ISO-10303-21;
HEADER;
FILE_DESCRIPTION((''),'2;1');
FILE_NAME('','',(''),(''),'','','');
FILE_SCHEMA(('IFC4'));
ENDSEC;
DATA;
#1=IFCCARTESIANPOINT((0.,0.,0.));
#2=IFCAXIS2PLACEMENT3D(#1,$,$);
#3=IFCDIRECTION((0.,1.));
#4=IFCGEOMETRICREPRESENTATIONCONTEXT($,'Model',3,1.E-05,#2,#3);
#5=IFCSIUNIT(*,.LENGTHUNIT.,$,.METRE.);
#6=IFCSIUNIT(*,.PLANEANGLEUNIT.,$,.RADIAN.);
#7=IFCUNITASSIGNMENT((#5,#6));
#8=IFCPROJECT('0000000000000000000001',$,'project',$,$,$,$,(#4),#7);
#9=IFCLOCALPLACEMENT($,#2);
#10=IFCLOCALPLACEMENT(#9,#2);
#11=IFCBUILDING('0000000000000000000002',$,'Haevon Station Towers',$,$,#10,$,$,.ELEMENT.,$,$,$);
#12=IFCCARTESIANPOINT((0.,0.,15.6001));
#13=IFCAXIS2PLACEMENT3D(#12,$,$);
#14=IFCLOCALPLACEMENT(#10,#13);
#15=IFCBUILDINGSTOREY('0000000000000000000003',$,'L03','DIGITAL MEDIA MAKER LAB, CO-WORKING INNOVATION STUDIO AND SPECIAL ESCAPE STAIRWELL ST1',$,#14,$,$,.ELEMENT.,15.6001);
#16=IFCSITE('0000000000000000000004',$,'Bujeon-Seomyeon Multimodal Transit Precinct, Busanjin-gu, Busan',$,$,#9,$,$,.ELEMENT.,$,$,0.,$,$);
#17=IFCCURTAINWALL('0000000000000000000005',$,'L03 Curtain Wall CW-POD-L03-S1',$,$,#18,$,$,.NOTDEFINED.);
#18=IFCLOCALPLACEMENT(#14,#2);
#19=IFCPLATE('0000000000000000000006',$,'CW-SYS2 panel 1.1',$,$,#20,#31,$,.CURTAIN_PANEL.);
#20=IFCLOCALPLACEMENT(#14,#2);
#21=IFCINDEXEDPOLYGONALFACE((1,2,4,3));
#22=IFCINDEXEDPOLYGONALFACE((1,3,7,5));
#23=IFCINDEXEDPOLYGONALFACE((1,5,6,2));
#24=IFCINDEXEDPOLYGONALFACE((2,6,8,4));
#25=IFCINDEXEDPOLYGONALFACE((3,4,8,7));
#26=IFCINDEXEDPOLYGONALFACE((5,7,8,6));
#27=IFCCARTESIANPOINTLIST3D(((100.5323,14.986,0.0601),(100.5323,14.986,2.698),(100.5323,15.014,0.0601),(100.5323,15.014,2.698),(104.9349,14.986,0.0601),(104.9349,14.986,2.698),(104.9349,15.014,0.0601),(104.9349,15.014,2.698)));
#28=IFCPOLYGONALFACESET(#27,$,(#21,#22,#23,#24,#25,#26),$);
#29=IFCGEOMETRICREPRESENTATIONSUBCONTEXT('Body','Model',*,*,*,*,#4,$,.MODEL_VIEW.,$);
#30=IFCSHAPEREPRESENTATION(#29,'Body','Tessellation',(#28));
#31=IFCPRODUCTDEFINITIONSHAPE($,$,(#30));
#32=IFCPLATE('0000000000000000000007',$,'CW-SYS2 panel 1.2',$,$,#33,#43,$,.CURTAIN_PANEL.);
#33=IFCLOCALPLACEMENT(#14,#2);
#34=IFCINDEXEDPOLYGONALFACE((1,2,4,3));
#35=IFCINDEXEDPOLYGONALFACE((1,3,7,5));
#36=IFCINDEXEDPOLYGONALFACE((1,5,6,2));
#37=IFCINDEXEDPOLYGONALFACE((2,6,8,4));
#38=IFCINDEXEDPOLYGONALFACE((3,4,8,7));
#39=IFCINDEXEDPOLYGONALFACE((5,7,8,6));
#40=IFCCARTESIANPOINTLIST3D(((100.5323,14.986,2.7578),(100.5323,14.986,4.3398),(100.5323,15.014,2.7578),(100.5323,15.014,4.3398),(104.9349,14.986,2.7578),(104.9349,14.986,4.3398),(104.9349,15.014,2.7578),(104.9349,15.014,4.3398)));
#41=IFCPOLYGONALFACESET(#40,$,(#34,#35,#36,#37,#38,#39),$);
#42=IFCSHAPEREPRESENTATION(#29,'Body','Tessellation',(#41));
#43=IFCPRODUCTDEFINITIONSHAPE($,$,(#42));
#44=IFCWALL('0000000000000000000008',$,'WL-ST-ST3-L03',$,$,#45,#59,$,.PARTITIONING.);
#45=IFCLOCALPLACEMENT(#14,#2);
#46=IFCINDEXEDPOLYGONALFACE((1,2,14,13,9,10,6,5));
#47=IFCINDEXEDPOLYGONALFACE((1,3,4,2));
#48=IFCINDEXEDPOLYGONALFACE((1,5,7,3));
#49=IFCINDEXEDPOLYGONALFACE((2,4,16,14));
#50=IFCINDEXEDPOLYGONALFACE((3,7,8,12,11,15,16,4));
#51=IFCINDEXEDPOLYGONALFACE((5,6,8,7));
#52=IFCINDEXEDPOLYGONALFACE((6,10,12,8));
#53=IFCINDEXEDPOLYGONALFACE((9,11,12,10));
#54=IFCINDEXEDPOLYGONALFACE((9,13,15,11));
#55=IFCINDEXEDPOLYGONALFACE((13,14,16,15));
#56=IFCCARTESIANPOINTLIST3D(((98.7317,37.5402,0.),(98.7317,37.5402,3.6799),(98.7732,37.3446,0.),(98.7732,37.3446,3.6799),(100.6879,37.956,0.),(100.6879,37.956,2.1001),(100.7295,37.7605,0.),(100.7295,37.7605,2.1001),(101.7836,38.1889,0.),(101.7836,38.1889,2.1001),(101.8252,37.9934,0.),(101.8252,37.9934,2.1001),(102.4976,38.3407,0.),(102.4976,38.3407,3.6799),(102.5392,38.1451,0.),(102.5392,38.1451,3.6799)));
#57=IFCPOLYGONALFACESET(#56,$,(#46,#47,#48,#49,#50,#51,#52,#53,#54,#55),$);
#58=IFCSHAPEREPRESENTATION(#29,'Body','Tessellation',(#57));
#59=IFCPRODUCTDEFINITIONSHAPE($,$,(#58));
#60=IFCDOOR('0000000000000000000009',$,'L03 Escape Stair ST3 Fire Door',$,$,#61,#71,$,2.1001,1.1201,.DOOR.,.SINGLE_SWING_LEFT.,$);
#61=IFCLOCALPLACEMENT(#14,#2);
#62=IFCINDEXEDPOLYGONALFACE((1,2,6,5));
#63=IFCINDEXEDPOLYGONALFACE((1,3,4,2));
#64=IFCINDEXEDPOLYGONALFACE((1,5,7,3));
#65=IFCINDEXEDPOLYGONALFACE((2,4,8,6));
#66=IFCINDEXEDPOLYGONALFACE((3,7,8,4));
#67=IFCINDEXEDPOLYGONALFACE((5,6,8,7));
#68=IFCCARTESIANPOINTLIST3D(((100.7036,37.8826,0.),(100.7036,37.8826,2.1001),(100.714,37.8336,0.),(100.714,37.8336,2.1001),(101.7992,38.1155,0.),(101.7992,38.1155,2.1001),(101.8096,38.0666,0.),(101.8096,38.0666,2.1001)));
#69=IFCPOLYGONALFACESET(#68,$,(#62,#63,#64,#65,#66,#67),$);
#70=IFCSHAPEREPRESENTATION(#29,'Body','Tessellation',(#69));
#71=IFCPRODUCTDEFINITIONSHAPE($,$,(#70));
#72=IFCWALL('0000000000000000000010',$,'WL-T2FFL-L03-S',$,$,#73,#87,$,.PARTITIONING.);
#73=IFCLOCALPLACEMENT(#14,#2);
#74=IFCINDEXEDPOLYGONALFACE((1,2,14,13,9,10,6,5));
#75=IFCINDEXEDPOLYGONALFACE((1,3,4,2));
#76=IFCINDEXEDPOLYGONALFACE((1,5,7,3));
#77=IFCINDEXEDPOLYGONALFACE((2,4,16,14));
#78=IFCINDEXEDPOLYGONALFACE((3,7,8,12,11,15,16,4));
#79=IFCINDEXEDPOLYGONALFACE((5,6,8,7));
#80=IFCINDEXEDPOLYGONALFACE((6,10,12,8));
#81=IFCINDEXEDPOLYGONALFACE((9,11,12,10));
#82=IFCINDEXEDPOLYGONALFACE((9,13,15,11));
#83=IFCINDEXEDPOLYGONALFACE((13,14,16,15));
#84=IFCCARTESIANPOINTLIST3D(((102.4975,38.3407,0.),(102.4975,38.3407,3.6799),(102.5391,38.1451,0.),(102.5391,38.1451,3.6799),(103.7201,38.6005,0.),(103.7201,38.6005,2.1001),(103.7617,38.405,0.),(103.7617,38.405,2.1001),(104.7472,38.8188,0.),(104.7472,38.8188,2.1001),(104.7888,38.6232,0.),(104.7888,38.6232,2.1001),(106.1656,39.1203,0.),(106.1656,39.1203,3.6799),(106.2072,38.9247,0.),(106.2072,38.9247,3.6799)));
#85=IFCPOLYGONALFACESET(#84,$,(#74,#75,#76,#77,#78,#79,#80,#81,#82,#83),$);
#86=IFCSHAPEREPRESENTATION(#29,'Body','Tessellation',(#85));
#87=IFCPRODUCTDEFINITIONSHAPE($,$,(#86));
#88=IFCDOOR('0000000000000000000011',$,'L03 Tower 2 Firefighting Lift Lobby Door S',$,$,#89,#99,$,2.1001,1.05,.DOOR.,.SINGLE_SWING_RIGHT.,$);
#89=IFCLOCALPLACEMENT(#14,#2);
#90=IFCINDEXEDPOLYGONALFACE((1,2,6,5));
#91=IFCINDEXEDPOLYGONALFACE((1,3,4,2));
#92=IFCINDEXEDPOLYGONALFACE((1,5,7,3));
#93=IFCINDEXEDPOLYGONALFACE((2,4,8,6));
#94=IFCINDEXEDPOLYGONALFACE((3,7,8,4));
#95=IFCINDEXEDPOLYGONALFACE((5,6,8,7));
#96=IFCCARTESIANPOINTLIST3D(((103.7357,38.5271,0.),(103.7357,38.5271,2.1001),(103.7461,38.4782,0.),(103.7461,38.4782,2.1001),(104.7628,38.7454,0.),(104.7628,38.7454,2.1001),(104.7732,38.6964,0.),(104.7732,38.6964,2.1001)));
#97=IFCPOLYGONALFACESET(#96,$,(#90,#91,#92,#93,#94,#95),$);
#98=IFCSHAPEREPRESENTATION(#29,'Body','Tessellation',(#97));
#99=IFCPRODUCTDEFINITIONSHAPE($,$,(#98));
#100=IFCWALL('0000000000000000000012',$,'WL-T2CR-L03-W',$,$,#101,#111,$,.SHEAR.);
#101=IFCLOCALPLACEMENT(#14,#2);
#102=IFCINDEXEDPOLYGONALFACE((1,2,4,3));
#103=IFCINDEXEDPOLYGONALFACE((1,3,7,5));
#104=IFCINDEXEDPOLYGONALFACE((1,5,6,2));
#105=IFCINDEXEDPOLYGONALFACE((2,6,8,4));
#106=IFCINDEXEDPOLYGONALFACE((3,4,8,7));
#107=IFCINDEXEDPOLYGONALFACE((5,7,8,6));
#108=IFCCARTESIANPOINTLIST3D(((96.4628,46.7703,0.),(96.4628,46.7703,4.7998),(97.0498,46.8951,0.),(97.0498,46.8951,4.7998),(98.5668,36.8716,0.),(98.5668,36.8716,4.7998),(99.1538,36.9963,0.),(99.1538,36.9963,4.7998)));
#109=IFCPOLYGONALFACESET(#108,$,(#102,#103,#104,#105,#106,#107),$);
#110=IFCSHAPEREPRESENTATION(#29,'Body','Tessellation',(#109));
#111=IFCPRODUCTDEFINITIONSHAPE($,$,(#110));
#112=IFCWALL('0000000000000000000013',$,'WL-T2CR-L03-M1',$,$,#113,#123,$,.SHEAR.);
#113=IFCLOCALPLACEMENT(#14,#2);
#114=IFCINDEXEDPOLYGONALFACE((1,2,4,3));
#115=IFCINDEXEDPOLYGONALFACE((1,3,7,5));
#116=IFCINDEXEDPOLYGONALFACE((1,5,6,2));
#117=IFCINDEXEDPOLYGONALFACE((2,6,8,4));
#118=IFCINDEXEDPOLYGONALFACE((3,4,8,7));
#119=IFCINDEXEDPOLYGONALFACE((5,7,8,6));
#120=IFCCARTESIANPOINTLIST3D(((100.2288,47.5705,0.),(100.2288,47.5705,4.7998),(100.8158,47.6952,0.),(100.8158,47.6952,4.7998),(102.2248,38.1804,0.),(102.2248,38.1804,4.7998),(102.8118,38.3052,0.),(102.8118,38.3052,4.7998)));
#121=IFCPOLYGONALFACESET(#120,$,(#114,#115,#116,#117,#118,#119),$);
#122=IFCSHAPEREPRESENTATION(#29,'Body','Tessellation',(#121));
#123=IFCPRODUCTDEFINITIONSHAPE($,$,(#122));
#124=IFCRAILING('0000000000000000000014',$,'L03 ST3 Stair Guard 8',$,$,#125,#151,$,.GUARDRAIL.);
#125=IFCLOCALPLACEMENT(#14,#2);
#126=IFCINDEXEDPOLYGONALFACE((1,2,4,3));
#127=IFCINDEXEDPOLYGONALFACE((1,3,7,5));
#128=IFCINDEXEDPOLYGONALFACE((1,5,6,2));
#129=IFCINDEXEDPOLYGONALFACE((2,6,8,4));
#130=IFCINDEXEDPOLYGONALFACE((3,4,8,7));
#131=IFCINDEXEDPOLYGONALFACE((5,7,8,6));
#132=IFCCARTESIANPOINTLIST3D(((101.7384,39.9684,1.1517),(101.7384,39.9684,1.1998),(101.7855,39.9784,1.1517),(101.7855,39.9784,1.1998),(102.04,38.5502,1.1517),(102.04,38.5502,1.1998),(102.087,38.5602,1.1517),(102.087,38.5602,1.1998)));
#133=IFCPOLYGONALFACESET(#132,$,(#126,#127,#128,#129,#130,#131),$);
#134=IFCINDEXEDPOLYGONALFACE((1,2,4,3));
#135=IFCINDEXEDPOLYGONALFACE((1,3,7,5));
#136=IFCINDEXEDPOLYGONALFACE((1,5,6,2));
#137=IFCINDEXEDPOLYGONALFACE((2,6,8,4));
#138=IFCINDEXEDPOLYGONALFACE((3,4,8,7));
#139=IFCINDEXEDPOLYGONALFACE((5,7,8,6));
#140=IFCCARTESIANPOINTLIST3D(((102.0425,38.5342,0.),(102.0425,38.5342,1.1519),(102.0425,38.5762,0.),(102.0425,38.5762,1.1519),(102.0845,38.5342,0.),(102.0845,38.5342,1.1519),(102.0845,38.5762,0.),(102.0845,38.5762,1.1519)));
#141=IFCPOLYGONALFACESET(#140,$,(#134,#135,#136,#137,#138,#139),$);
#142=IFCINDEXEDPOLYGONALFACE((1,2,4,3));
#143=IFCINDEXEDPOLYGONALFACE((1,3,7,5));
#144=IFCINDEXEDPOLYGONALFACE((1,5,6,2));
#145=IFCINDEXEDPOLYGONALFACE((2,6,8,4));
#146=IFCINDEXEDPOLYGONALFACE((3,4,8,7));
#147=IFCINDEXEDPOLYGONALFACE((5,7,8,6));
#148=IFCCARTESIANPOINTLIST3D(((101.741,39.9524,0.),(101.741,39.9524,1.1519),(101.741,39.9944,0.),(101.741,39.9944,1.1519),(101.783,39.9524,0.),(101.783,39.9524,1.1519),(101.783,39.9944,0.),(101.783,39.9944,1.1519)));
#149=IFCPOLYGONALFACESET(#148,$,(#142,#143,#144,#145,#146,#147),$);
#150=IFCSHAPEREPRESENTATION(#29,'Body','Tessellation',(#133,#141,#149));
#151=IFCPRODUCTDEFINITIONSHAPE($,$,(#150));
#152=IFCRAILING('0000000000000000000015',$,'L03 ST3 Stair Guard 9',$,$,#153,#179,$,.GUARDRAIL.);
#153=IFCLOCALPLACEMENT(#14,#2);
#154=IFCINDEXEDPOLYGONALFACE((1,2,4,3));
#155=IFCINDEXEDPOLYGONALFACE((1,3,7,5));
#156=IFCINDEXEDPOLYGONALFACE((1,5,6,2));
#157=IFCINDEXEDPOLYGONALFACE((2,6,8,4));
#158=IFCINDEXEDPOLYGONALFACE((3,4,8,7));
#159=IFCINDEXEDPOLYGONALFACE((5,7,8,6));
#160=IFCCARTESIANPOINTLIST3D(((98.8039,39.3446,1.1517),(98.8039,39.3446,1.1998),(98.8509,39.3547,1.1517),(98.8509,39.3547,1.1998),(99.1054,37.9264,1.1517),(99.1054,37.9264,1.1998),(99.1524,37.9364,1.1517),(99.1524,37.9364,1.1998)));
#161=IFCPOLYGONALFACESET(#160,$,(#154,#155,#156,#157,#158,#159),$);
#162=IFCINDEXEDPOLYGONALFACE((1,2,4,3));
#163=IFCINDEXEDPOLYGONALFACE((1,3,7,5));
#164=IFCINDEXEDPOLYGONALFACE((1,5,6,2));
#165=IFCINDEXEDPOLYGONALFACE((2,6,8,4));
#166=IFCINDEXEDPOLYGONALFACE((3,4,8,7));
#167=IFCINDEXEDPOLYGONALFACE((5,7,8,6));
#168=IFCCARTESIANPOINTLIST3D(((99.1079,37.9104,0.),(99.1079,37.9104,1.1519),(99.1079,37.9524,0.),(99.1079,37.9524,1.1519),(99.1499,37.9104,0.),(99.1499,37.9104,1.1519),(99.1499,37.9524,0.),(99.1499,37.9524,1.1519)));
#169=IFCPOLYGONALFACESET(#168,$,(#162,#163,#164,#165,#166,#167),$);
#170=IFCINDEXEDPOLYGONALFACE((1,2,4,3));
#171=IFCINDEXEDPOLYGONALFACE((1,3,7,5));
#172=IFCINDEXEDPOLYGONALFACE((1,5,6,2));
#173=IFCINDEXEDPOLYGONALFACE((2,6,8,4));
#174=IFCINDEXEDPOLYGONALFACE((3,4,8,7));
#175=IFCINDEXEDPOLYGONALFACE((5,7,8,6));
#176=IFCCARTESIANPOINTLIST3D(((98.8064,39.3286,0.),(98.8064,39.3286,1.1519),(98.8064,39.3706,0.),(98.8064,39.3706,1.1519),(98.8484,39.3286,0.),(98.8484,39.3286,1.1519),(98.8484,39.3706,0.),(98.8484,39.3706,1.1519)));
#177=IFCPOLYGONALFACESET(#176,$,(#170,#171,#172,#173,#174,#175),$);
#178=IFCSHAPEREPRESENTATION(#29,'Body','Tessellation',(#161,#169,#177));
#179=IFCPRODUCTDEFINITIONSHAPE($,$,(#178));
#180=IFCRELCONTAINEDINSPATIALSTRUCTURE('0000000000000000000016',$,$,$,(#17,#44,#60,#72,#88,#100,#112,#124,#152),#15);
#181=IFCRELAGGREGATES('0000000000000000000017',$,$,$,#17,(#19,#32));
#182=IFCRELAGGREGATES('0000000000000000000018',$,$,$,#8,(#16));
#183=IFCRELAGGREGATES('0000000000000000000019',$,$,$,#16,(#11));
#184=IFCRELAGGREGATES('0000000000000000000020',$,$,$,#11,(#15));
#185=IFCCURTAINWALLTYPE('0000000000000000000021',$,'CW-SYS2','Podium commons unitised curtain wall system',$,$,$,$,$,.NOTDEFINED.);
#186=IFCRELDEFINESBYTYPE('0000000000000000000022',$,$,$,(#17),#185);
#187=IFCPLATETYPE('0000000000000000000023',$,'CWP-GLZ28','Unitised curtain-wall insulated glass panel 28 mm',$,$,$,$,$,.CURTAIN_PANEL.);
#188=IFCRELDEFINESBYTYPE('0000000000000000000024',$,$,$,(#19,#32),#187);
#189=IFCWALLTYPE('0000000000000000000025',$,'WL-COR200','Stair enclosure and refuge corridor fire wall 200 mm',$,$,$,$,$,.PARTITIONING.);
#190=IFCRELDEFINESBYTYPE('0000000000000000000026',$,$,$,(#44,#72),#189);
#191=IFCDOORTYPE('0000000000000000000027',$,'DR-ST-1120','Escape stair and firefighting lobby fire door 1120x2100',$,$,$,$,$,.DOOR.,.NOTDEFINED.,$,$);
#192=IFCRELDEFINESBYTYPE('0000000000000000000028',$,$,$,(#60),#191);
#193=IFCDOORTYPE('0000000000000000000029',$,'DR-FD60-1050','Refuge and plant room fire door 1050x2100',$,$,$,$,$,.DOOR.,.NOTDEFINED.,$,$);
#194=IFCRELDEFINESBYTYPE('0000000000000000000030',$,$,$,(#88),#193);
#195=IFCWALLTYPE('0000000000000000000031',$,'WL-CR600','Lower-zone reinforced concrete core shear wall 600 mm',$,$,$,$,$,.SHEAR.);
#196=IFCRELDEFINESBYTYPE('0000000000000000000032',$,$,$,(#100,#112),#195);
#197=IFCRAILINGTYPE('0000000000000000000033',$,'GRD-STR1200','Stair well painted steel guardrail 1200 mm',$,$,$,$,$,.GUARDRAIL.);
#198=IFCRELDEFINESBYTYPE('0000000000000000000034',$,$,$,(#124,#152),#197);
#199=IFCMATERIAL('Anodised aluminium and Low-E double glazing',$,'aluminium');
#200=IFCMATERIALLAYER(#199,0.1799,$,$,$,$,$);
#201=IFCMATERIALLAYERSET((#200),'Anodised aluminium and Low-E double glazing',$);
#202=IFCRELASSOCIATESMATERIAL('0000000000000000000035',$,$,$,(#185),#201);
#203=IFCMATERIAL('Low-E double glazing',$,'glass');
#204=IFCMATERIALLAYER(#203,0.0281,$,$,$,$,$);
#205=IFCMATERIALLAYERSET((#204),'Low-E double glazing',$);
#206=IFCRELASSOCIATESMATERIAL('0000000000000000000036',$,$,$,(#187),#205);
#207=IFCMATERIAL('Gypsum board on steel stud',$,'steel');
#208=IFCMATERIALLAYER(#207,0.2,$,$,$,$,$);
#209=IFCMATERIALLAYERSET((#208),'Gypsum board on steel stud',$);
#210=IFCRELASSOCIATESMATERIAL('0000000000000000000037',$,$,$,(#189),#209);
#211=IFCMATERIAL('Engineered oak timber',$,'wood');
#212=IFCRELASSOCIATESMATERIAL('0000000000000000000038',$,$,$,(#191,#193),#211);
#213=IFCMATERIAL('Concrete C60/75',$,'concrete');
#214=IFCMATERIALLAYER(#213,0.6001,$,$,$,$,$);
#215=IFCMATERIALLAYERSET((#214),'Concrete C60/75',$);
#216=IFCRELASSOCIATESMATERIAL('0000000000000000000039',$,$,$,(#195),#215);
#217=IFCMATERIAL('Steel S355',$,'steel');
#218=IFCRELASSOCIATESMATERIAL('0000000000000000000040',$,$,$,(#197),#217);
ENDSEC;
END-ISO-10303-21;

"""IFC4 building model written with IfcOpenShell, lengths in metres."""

from ifc_helpers import new_model, si_unit, direction, frame, frame_2d, origin, origin_2d, place, context, subcontext, project, spatial, rectangle, extrude, material, layer, layer_set, type_object, element, fill, aggregate, save


model = new_model("IFC4")

# Units and contexts
model_context = context("Model", 3, precision=1e-05, world=origin(), true_north=direction((0.0, 1.0)))
body_context = subcontext(model_context, "Body", "Model", "MODEL_VIEW")
ifc_project = project(units=[si_unit("LENGTHUNIT", "METRE"), si_unit("PLANEANGLEUNIT", "RADIAN")], contexts=[model_context])

# Site, building, storey
site_placement = place(None, origin())
site = spatial("IfcSite", under=ifc_project, at=site_placement, Name="Bujeon-Seomyeon Multimodal Transit Precinct, Busanjin-gu, Busan", CompositionType="ELEMENT", RefElevation=0.0)
building_placement = place(site_placement, origin())
building = spatial("IfcBuilding", under=site, at=building_placement, Name="Haevon Station Towers", CompositionType="ELEMENT")
storey_placement = place(building_placement, frame((0.0, 0.0, 15.6001)))
storey = spatial("IfcBuildingStorey", under=building, at=storey_placement, Name="L03", Description="DIGITAL MEDIA MAKER LAB, CO-WORKING INNOVATION STUDIO AND SPECIAL ESCAPE STAIRWELL ST1", CompositionType="ELEMENT", Elevation=15.6001)

# Shared definitions
ifc_material_1 = material(Name="Steel S355", Category="steel")

# Curtain wall, plates
ifc_material_2 = material(Name="Anodised aluminium and Low-E double glazing", Category="aluminium")
ifc_layer_1 = layer(ifc_material_2, 0.1799)
ifc_layer_set_1 = layer_set([ifc_layer_1], Name="Anodised aluminium and Low-E double glazing")
curtain_wall_type = type_object("IfcCurtainWallType", Name="CW-SYS2", Description="Podium commons unitised curtain wall system", PredefinedType="NOTDEFINED", material=ifc_layer_set_1)
curtain_wall_placement = place(storey_placement, origin())
curtain_wall = element("IfcCurtainWall", 1, at=curtain_wall_placement, inside=storey, type_object=curtain_wall_type, Name="L03 Curtain Wall CW-POD-L03-S1", PredefinedType="NOTDEFINED")
ifc_material_3 = material(Name="Low-E double glazing", Category="glass")
ifc_layer_2 = layer(ifc_material_3, 0.0281)
ifc_layer_set_2 = layer_set([ifc_layer_2], Name="Low-E double glazing")
plate_type = type_object("IfcPlateType", Name="CWP-GLZ28", Description="Unitised curtain-wall insulated glass panel 28 mm", PredefinedType="CURTAIN_PANEL", material=ifc_layer_set_2)
plate_1_placement = place(storey_placement, frame((102.7336, 15.0, 0.0601), z_axis=(0.0, 0.0, 1.0), x_axis=(-1.0, 0.0, 0.0)))
plate_1 = element("IfcPlate", 2, at=plate_1_placement, type_object=plate_type, Name="CW-SYS2 panel 1.1", PredefinedType="CURTAIN_PANEL", context=body_context, shape_type="SweptSolid", body=[
    extrude(rectangle(XDim=4.4026, YDim=0.0281, at=origin_2d()), origin(), (0.0, 0.0, 1.0), 2.6379),
])
plate_2_placement = place(storey_placement, frame((102.7336, 15.0, 2.7578), z_axis=(0.0, 0.0, 1.0), x_axis=(-1.0, 0.0, 0.0)))
plate_2 = element("IfcPlate", 3, at=plate_2_placement, type_object=plate_type, Name="CW-SYS2 panel 1.2", PredefinedType="CURTAIN_PANEL", context=body_context, shape_type="SweptSolid", body=[
    extrude(rectangle(XDim=4.4026, YDim=0.0281, at=origin_2d()), origin(), (0.0, 0.0, 1.0), 1.582),
])
aggregate(curtain_wall, [plate_1, plate_2])

# Walls, openings, doors
ifc_material_4 = material(Name="Gypsum board on steel stud", Category="steel")
ifc_layer_3 = layer(ifc_material_4, 0.2)
ifc_layer_set_3 = layer_set([ifc_layer_3], Name="Gypsum board on steel stud")
wall_type_1 = type_object("IfcWallType", Name="WL-COR200", Description="Stair enclosure and refuge corridor fire wall 200 mm", PredefinedType="PARTITIONING", material=ifc_layer_set_3)
wall_1_placement = place(storey_placement, frame((98.7524, 37.4424, 0.0), z_axis=(0.0, 0.0, 1.0), x_axis=(0.978144, 0.207931, 0.0)))
wall_1 = element("IfcWall", 4, at=wall_1_placement, inside=storey, type_object=wall_type_1, Name="WL-ST-ST3-L03", PredefinedType="PARTITIONING", context=body_context, shape_type="SweptSolid", body=[
    extrude(rectangle(XDim=3.8501, YDim=0.2, at=frame_2d((1.925, 0.0))), origin(), (0.0, 0.0, 1.0), 3.6799),
])
opening_1_placement = place(wall_1_placement, frame((2.0, 0.0, 0.0)))
opening_1 = element("IfcOpeningElement", 5, at=opening_1_placement, cuts=wall_1, PredefinedType="OPENING", context=body_context, shape_type="SweptSolid", body=[
    extrude(rectangle(XDim=1.1201, YDim=2.1001, at=frame_2d((0.5601, 1.05))), frame((0.0, 0.1099, 0.0), z_axis=(0.0, -1.0, 0.0), x_axis=(1.0, 0.0, 0.0)), (0.0, 0.0, 1.0), 0.22),
])
ifc_material_5 = material(Name="Engineered oak timber", Category="wood")
door_type_1 = type_object("IfcDoorType", Name="DR-ST-1120", Description="Escape stair and firefighting lobby fire door 1120x2100", OperationType="NOTDEFINED", PredefinedType="DOOR", material=ifc_material_5)
door_1_placement = place(opening_1_placement, origin())
door_1 = element("IfcDoor", 6, at=door_1_placement, inside=storey, type_object=door_type_1, Name="L03 Escape Stair ST3 Fire Door", OperationType="SINGLE_SWING_LEFT", OverallHeight=2.1001, OverallWidth=1.1201, PredefinedType="DOOR", context=body_context, shape_type="SweptSolid", body=[
    extrude(rectangle(XDim=1.1201, YDim=2.1001, at=frame_2d((0.5601, 1.05))), frame((0.0, 0.0249, 0.0), z_axis=(0.0, -1.0, 0.0), x_axis=(1.0, 0.0, 0.0)), (0.0, 0.0, 1.0), 0.05),
])
fill(opening_1, door_1)
wall_2_placement = place(storey_placement, frame((102.5183, 38.2429, 0.0), z_axis=(0.0, 0.0, 1.0), x_axis=(0.978154, 0.207884, 0.0)))
wall_2 = element("IfcWall", 7, at=wall_2_placement, inside=storey, type_object=wall_type_1, Name="WL-T2FFL-L03-S", PredefinedType="PARTITIONING", context=body_context, shape_type="SweptSolid", body=[
    extrude(rectangle(XDim=3.75, YDim=0.2, at=frame_2d((1.875, 0.0))), origin(), (0.0, 0.0, 1.0), 3.6799),
])
opening_2_placement = place(wall_2_placement, frame((1.25, 0.0, 0.0)))
opening_2 = element("IfcOpeningElement", 8, at=opening_2_placement, cuts=wall_2, PredefinedType="OPENING", context=body_context, shape_type="SweptSolid", body=[
    extrude(rectangle(XDim=1.05, YDim=2.1001, at=frame_2d((0.5249, 1.05))), frame((0.0, 0.1099, 0.0), z_axis=(0.0, -1.0, 0.0), x_axis=(1.0, 0.0, 0.0)), (0.0, 0.0, 1.0), 0.22),
])
door_type_2 = type_object("IfcDoorType", Name="DR-FD60-1050", Description="Refuge and plant room fire door 1050x2100", OperationType="NOTDEFINED", PredefinedType="DOOR", material=ifc_material_5)
door_2_placement = place(opening_2_placement, origin())
door_2 = element("IfcDoor", 9, at=door_2_placement, inside=storey, type_object=door_type_2, Name="L03 Tower 2 Firefighting Lift Lobby Door S", OperationType="SINGLE_SWING_RIGHT", OverallHeight=2.1001, OverallWidth=1.05, PredefinedType="DOOR", context=body_context, shape_type="SweptSolid", body=[
    extrude(rectangle(XDim=1.05, YDim=2.1001, at=frame_2d((0.5249, 1.05))), frame((0.0, 0.0249, 0.0), z_axis=(0.0, -1.0, 0.0), x_axis=(1.0, 0.0, 0.0)), (0.0, 0.0, 1.0), 0.05),
])
fill(opening_2, door_2)

# Walls
ifc_material_6 = material(Name="Concrete C60/75", Category="concrete")
ifc_layer_4 = layer(ifc_material_6, 0.6001)
ifc_layer_set_4 = layer_set([ifc_layer_4], Name="Concrete C60/75")
wall_type_2 = type_object("IfcWallType", Name="WL-CR600", Description="Lower-zone reinforced concrete core shear wall 600 mm", PredefinedType="SHEAR", material=ifc_layer_set_4)
wall_3_placement = place(storey_placement, frame((98.8604, 36.9338, 0.0), z_axis=(0.0, 0.0, 1.0), x_axis=(-0.207909, 0.978148, 0.0)))
element("IfcWall", 10, at=wall_3_placement, inside=storey, type_object=wall_type_2, Name="WL-T2CR-L03-W", PredefinedType="SHEAR", context=body_context, shape_type="SweptSolid", body=[
    extrude(rectangle(XDim=10.1199, YDim=0.6001, at=frame_2d((5.0601, 0.0))), origin(), (0.0, 0.0, 1.0), 4.7998),
])
wall_4_placement = place(storey_placement, frame((102.5183, 38.2429, 0.0), z_axis=(0.0, 0.0, 1.0), x_axis=(-0.207927, 0.978144, 0.0)))
element("IfcWall", 11, at=wall_4_placement, inside=storey, type_object=wall_type_2, Name="WL-T2CR-L03-M1", PredefinedType="SHEAR", context=body_context, shape_type="SweptSolid", body=[
    extrude(rectangle(XDim=9.5999, YDim=0.6001, at=frame_2d((4.7998, 0.0))), origin(), (0.0, 0.0, 1.0), 4.7998),
])

# Railings
railing_type = type_object("IfcRailingType", Name="GRD-STR1200", Description="Stair well painted steel guardrail 1200 mm", PredefinedType="GUARDRAIL", material=ifc_material_1)
for number, where, name in (
    (12, (102.0635, 38.5552, 0.0), "L03 ST3 Stair Guard 8"),
    (13, (99.1289, 37.9314, 0.0), "L03 ST3 Stair Guard 9"),
):
    element("IfcRailing", number, at=place(storey_placement, frame(where)), inside=storey, type_object=railing_type, Name=name, PredefinedType="GUARDRAIL", context=body_context, shape_type="SweptSolid", body=[
        extrude(rectangle(XDim=0.0481, YDim=0.0481, at=origin_2d()), frame((0.0, 0.0, 1.1758), z_axis=(-0.207953, 0.978139, 0.0), x_axis=(-0.978139, -0.207953, 0.0)), (0.0, 0.0, 1.0), 1.45),
        extrude(rectangle(XDim=0.042, YDim=0.042, at=origin_2d()), origin(), (0.0, 0.0, 1.0), 1.1519),
        extrude(rectangle(XDim=0.042, YDim=0.042, at=origin_2d()), frame((-0.3015, 1.4182, 0.0)), (0.0, 0.0, 1.0), 1.1519),
    ])

save(model, "model.ifc")
